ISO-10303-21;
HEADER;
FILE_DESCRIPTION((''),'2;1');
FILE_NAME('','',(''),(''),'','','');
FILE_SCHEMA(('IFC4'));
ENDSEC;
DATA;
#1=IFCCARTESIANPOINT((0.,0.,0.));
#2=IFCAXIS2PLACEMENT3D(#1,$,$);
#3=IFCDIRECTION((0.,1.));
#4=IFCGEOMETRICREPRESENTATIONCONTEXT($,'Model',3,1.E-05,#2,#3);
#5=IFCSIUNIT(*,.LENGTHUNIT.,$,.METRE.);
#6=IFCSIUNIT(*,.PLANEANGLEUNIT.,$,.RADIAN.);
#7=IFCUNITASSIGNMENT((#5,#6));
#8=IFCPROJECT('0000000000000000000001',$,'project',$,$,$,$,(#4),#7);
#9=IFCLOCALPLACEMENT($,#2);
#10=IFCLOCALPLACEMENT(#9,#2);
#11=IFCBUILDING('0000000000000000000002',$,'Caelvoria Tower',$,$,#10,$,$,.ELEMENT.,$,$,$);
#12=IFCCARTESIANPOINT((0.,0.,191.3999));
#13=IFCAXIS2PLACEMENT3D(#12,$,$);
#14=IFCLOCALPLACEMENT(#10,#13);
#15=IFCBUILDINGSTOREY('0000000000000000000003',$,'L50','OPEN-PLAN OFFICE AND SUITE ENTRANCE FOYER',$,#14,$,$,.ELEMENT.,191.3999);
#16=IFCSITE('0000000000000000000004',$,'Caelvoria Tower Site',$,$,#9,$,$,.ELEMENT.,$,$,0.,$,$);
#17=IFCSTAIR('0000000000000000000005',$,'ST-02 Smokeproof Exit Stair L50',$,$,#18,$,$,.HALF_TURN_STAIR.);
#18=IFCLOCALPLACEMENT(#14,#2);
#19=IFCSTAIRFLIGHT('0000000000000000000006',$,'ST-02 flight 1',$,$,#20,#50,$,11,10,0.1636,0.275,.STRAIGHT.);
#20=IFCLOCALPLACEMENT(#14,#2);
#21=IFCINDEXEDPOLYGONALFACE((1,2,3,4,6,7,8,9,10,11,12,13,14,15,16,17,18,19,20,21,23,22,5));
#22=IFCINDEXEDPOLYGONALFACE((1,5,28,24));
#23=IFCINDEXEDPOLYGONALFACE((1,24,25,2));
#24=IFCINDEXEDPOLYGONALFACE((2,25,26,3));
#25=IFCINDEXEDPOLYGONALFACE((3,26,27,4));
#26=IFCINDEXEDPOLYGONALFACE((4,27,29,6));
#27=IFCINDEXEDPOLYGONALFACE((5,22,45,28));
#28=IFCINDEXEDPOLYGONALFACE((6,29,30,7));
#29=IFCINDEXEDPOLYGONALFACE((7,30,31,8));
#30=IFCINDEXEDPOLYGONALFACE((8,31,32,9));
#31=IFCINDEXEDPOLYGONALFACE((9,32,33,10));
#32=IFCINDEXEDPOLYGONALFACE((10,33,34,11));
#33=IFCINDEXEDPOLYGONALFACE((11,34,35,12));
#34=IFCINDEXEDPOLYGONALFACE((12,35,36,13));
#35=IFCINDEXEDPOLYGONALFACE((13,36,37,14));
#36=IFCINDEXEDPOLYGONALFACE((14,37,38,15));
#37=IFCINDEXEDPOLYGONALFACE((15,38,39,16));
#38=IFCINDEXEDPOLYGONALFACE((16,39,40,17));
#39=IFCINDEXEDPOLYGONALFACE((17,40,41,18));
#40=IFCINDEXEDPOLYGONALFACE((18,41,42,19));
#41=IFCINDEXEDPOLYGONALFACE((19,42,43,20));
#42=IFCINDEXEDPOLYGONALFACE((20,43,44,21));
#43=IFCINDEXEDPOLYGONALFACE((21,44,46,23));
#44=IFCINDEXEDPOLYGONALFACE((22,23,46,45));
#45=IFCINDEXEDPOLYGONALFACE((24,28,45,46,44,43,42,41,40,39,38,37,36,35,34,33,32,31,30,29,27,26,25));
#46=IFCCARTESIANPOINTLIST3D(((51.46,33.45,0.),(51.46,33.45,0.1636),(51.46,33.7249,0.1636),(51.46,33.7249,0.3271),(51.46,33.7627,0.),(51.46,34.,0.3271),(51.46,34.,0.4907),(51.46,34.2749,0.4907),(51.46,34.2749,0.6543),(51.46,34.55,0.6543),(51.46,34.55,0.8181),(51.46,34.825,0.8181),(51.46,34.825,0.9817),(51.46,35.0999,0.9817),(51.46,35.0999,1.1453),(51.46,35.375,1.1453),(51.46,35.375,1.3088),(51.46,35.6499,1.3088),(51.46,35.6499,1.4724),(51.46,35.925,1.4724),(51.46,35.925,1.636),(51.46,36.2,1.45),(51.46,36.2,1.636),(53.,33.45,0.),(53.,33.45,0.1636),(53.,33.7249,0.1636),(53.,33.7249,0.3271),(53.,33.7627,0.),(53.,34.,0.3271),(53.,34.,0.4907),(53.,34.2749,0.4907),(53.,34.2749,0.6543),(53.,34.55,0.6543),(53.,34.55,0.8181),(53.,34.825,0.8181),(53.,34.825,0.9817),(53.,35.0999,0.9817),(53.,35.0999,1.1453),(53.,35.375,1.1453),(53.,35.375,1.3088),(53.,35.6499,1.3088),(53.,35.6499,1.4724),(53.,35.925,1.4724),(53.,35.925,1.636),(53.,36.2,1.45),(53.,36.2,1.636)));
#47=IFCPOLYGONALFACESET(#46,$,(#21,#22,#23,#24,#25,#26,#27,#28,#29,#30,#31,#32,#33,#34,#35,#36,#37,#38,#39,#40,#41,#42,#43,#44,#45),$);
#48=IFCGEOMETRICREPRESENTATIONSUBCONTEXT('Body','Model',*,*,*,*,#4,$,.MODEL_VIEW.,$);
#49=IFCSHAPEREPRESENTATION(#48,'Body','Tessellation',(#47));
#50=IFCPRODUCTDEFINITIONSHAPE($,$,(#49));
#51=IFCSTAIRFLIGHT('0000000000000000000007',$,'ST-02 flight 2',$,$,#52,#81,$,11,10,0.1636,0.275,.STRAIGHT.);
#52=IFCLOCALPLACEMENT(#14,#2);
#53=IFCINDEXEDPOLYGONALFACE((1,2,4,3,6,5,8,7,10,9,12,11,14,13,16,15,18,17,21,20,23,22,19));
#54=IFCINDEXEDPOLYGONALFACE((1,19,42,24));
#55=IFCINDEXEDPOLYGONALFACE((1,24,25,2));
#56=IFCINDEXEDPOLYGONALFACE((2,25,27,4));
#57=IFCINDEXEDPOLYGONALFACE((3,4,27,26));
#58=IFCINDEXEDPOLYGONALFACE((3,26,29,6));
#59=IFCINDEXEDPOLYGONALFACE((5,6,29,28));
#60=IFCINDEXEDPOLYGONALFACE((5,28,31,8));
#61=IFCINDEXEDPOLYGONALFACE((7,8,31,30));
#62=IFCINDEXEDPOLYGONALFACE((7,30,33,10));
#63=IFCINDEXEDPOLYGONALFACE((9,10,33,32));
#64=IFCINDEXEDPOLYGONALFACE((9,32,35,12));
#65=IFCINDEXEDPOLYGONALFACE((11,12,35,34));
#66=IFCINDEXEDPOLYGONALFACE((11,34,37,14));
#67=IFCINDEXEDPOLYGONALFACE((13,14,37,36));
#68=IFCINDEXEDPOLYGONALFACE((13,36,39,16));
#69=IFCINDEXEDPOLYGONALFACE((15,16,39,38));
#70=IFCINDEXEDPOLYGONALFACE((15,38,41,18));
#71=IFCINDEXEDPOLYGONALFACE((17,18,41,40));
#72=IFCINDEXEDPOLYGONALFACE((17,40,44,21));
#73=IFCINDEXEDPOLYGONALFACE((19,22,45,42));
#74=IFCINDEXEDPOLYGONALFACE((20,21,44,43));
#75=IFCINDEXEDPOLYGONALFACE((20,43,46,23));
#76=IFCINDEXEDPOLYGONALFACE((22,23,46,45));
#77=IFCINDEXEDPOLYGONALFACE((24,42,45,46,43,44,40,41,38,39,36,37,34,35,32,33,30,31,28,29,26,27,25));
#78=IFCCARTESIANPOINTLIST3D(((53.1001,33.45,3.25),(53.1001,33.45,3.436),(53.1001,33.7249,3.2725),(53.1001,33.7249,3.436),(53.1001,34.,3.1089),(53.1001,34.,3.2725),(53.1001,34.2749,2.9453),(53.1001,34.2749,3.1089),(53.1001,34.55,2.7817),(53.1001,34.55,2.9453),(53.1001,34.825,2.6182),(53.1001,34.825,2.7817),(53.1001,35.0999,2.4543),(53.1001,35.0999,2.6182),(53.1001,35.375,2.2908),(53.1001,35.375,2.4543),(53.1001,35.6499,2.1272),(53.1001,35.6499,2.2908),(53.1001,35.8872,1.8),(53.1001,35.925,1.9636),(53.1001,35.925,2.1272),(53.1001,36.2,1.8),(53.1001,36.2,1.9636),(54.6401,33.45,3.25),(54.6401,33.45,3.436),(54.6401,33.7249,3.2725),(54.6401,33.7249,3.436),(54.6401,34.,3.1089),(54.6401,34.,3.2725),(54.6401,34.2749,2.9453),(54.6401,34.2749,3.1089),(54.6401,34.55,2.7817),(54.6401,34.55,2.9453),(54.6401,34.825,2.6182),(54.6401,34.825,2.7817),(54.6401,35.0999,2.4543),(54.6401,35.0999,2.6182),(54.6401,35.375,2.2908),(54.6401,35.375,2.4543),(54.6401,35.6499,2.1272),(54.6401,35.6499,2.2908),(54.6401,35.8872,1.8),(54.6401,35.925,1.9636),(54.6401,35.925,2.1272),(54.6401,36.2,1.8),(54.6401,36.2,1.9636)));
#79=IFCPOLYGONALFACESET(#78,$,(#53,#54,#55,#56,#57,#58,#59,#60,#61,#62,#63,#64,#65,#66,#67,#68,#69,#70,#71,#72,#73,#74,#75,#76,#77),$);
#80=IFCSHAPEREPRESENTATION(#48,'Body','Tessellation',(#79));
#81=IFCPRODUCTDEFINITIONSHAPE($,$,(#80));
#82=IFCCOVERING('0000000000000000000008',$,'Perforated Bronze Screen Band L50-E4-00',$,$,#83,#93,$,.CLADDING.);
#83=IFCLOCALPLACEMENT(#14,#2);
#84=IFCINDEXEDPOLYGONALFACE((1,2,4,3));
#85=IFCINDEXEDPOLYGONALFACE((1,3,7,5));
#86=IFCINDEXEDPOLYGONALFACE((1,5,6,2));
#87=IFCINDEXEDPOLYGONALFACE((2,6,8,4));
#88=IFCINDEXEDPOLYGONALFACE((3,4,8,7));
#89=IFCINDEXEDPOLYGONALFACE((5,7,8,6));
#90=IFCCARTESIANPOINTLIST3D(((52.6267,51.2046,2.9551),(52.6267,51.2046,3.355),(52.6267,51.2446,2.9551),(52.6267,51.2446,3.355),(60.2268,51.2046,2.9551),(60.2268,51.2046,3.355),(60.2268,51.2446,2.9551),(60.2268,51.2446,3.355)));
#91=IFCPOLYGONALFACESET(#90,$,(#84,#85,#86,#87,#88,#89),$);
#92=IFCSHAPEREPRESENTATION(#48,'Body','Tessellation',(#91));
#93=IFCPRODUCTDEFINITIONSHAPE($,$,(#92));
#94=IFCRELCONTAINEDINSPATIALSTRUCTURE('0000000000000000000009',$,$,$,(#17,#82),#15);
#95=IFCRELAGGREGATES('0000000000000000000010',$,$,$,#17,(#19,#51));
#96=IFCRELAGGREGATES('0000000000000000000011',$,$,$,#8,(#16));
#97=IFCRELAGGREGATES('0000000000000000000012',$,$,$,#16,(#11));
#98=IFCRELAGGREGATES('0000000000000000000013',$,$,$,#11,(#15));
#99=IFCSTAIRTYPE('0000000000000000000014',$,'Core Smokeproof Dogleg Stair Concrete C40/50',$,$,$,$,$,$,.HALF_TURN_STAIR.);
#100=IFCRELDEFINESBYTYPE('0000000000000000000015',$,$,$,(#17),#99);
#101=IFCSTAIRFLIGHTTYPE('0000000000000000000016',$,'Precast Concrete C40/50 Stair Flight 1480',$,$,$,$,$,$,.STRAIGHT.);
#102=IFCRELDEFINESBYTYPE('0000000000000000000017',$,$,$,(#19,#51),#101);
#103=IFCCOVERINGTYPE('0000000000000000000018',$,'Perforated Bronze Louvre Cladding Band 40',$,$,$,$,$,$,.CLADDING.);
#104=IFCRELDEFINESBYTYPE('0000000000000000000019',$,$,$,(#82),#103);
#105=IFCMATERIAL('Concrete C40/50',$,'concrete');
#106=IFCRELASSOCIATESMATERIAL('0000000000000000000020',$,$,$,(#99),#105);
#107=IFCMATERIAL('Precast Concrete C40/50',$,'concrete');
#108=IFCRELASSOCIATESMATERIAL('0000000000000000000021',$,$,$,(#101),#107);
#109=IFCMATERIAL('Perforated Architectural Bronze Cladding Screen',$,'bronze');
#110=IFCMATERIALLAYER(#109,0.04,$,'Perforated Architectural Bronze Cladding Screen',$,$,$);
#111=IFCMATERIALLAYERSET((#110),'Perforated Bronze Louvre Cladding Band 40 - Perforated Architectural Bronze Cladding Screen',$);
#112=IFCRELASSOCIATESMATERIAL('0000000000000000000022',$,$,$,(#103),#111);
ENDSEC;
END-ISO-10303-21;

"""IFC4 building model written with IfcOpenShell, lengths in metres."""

from ifc_helpers import new_model, si_unit, direction, frame, origin, origin_2d, place, context, subcontext, project, spatial, polyline, rectangle, outline, extrude, material, layer, layer_set, type_object, element, aggregate, save


model = new_model("IFC4")

# Units and contexts
model_context = context("Model", 3, precision=1e-05, world=origin(), true_north=direction((0.0, 1.0)))
body_context = subcontext(model_context, "Body", "Model", "MODEL_VIEW")
ifc_project = project(units=[si_unit("LENGTHUNIT", "METRE"), si_unit("PLANEANGLEUNIT", "RADIAN")], contexts=[model_context])

# Site, building, storey
site_placement = place(None, origin())
site = spatial("IfcSite", under=ifc_project, at=site_placement, Name="Caelvoria Tower Site", CompositionType="ELEMENT", RefElevation=0.0)
building_placement = place(site_placement, origin())
building = spatial("IfcBuilding", under=site, at=building_placement, Name="Caelvoria Tower", CompositionType="ELEMENT")
storey_placement = place(building_placement, frame((0.0, 0.0, 191.3999)))
storey = spatial("IfcBuildingStorey", under=building, at=storey_placement, Name="L50", Description="OPEN-PLAN OFFICE AND SUITE ENTRANCE FOYER", CompositionType="ELEMENT", Elevation=191.3999)

# Stair, stair flights
ifc_material_1 = material(Name="Concrete C40/50", Category="concrete")
stair_type = type_object("IfcStairType", Name="Core Smokeproof Dogleg Stair Concrete C40/50", PredefinedType="HALF_TURN_STAIR", material=ifc_material_1)
stair_placement = place(storey_placement, origin())
stair = element("IfcStair", 1, at=stair_placement, inside=storey, type_object=stair_type, Name="ST-02 Smokeproof Exit Stair L50", PredefinedType="HALF_TURN_STAIR")
ifc_material_2 = material(Name="Precast Concrete C40/50", Category="concrete")
stair_flight_type = type_object("IfcStairFlightType", Name="Precast Concrete C40/50 Stair Flight 1480", PredefinedType="STRAIGHT", material=ifc_material_2)
stair_flight_1_placement = place(storey_placement, frame((52.23, 33.45, 0.0), z_axis=(0.0, 0.0, 1.0), x_axis=(0.0, 1.0, 0.0)))
stair_flight_1 = element("IfcStairFlight", 2, at=stair_flight_1_placement, type_object=stair_flight_type, Name="ST-02 flight 1", NumberOfRisers=11, NumberOfTreads=10, PredefinedType="STRAIGHT", RiserHeight=0.1636, TreadLength=0.275, context=body_context, shape_type="SweptSolid", body=[
    extrude(outline(polyline([(0.0, 0.0), (0.0, 0.1636), (0.2749, 0.1636), (0.2749, 0.3271), (0.55, 0.3271), (0.55, 0.4907), (0.825, 0.4907), (0.825, 0.6543), (1.1001, 0.6543), (1.1001, 0.8181), (1.375, 0.8181), (1.375, 0.9817), (1.6499, 0.9817), (1.6499, 1.1453), (1.925, 1.1453), (1.925, 1.3088), (2.2, 1.3088), (2.2, 1.4724), (2.4751, 1.4724), (2.4751, 1.636), (2.75, 1.636), (2.75, 1.7996), (2.75, 1.45), (0.3127, 0.0), (0.0, 0.0)])), frame((0.0, 0.77, 0.0), z_axis=(0.0, -1.0, 0.0), x_axis=(1.0, 0.0, 0.0)), (0.0, 0.0, 1.0), 1.54),
])
stair_flight_2_placement = place(storey_placement, frame((53.8701, 36.2, 1.8), z_axis=(0.0, 0.0, 1.0), x_axis=(0.0, -1.0, 0.0)))
stair_flight_2 = element("IfcStairFlight", 3, at=stair_flight_2_placement, type_object=stair_flight_type, Name="ST-02 flight 2", NumberOfRisers=11, NumberOfTreads=10, PredefinedType="STRAIGHT", RiserHeight=0.1636, TreadLength=0.275, context=body_context, shape_type="SweptSolid", body=[
    extrude(outline(polyline([(0.0, 0.0), (0.0, 0.1636), (0.2749, 0.1636), (0.2749, 0.3271), (0.55, 0.3271), (0.55, 0.4907), (0.825, 0.4907), (0.825, 0.6543), (1.1001, 0.6543), (1.1001, 0.8181), (1.375, 0.8181), (1.375, 0.9817), (1.6499, 0.9817), (1.6499, 1.1453), (1.925, 1.1453), (1.925, 1.3088), (2.2, 1.3088), (2.2, 1.4724), (2.4751, 1.4724), (2.4751, 1.636), (2.75, 1.636), (2.75, 1.7996), (2.75, 1.45), (0.3127, 0.0), (0.0, 0.0)])), frame((0.0, 0.77, 0.0), z_axis=(0.0, -1.0, 0.0), x_axis=(1.0, 0.0, 0.0)), (0.0, 0.0, 1.0), 1.54),
])
aggregate(stair, [stair_flight_1, stair_flight_2])

# Covering
ifc_material_3 = material(Name="Perforated Architectural Bronze Cladding Screen", Category="bronze")
ifc_layer_1 = layer(ifc_material_3, 0.04, Name="Perforated Architectural Bronze Cladding Screen")
ifc_layer_set_1 = layer_set([ifc_layer_1], Name="Perforated Bronze Louvre Cladding Band 40 - Perforated Architectural Bronze Cladding Screen")
covering_type = type_object("IfcCoveringType", Name="Perforated Bronze Louvre Cladding Band 40", PredefinedType="CLADDING", material=ifc_layer_set_1)
covering_placement = place(storey_placement, frame((56.4268, 51.2246, 2.9551), z_axis=(0.0, 0.0, 1.0), x_axis=(-1.0, 0.0, 0.0)))
element("IfcCovering", 4, at=covering_placement, inside=storey, type_object=covering_type, Name="Perforated Bronze Screen Band L50-E4-00", PredefinedType="CLADDING", context=body_context, shape_type="SweptSolid", body=[
    extrude(rectangle(XDim=7.6001, YDim=0.04, at=origin_2d()), origin(), (0.0, 0.0, 1.0), 0.3999),
])

save(model, "model.ifc")
